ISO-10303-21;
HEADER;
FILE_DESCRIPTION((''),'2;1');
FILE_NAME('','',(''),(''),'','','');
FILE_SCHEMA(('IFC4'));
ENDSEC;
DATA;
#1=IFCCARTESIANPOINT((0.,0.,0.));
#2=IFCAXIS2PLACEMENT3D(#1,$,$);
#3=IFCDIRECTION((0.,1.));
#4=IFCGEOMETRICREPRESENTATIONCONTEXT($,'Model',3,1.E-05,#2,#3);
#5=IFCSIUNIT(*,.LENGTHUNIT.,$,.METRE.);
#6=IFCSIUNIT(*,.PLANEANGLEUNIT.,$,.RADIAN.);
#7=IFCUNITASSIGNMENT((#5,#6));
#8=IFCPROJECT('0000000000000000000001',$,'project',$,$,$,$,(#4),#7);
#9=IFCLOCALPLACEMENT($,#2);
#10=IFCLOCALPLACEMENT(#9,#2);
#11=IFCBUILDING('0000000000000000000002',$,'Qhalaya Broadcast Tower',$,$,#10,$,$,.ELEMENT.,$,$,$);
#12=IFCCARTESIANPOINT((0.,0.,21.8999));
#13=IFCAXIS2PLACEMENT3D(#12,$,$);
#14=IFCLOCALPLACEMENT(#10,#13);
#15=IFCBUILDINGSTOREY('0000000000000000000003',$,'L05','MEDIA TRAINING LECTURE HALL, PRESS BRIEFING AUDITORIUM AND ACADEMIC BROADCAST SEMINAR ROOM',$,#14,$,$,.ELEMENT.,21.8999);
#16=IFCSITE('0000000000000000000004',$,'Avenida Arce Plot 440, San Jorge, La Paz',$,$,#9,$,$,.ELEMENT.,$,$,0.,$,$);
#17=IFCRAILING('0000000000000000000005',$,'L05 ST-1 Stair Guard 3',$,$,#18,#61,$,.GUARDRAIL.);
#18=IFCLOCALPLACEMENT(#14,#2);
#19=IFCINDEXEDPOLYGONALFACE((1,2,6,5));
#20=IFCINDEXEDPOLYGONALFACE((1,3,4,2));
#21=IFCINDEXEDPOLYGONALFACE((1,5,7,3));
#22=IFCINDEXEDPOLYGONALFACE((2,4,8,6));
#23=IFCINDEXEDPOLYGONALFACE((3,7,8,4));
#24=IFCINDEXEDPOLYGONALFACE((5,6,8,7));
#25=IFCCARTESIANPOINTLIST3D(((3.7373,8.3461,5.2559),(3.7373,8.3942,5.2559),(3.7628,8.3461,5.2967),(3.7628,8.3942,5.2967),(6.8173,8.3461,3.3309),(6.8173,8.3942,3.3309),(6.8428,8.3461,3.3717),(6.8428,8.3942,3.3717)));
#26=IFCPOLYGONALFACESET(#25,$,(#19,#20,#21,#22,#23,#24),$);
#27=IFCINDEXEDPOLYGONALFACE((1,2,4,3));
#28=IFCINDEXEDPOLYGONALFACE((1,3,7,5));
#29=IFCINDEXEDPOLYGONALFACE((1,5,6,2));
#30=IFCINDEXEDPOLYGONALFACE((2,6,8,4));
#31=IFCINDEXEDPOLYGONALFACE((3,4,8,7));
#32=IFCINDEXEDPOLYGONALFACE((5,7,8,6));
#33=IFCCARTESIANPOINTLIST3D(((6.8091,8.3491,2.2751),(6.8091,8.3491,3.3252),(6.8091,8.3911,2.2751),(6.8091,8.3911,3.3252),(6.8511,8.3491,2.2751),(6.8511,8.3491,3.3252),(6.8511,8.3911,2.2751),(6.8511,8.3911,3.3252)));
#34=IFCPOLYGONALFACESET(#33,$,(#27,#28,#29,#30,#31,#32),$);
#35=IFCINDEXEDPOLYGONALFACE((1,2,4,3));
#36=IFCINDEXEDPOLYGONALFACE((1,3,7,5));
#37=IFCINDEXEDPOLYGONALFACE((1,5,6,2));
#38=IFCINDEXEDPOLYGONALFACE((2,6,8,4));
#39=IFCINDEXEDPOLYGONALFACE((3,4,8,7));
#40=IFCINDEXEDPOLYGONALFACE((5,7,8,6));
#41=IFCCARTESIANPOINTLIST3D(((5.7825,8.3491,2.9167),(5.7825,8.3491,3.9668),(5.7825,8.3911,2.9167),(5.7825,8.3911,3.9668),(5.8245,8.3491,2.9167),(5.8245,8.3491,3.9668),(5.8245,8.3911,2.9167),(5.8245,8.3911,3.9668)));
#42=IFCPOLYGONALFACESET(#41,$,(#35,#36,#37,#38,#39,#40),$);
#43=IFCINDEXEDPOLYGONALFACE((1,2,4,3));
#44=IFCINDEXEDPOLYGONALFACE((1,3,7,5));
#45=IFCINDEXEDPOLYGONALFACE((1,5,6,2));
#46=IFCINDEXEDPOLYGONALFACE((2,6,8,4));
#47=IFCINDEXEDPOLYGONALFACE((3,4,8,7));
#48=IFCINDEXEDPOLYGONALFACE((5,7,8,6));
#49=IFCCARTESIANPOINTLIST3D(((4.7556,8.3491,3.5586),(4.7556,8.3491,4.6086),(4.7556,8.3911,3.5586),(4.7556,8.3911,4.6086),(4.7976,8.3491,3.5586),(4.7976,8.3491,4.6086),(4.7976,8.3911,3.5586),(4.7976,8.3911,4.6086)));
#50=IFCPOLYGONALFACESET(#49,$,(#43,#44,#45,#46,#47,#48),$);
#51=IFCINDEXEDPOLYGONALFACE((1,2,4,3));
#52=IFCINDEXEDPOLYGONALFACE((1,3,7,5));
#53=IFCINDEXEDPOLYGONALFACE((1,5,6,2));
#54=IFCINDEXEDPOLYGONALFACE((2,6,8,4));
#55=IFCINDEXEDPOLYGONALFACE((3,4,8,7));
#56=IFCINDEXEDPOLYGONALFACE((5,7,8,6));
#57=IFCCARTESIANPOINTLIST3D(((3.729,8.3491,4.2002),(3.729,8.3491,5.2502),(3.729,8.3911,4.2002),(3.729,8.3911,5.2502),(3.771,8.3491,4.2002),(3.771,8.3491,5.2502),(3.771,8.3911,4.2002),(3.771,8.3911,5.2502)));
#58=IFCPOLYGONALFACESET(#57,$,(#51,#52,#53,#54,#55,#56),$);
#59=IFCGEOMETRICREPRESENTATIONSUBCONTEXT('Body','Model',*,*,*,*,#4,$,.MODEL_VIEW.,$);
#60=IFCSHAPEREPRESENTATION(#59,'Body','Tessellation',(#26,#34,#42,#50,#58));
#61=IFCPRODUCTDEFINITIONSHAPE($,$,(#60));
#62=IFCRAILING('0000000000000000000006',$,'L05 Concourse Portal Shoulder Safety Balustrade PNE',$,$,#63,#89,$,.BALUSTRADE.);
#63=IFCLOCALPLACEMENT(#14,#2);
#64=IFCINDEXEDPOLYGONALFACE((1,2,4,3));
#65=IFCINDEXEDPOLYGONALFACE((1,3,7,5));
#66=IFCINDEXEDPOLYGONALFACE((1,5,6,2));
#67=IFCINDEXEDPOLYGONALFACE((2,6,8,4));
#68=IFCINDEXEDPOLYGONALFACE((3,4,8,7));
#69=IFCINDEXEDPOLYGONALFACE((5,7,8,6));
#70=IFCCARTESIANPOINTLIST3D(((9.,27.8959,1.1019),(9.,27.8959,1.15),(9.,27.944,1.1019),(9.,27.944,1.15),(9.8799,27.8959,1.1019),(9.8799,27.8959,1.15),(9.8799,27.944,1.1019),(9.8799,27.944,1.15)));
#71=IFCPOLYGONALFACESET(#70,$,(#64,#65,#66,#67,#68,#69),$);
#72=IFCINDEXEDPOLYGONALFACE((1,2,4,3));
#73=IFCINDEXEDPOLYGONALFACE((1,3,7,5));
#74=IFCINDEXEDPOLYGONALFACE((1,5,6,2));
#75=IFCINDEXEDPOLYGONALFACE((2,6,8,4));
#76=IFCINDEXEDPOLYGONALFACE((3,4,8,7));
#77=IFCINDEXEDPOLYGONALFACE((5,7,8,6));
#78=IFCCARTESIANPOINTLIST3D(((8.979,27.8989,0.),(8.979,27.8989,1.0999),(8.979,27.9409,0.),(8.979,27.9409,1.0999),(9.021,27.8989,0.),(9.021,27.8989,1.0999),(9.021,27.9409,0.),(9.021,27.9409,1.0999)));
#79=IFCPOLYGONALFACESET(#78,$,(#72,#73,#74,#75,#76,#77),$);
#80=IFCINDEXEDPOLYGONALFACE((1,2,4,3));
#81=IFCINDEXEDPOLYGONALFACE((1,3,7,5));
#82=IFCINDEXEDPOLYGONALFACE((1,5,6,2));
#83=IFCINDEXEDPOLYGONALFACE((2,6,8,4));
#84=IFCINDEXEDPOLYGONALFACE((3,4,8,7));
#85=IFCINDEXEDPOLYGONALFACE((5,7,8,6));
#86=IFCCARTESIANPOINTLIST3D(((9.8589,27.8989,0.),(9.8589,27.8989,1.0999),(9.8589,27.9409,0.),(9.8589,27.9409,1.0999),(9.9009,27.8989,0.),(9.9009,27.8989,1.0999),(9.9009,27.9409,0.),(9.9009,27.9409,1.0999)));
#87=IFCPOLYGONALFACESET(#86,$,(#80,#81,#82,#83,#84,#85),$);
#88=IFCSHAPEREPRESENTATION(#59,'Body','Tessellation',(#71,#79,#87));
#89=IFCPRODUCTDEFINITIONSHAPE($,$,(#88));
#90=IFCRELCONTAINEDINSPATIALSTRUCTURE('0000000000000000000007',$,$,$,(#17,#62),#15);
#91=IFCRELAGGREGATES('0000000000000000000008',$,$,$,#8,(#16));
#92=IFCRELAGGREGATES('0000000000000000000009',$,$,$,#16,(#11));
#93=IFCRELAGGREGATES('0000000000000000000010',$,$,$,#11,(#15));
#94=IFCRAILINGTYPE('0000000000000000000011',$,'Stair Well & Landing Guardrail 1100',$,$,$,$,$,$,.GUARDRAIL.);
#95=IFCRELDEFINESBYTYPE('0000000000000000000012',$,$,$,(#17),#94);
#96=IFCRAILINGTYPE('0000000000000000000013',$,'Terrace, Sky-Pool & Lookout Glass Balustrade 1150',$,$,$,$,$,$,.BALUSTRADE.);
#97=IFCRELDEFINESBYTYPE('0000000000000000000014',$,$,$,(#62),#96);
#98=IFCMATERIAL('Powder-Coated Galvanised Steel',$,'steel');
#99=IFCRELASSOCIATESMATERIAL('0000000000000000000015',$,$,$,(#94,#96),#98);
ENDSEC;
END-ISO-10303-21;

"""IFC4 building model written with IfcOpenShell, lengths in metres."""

from ifc_helpers import new_model, si_unit, direction, frame, origin, origin_2d, place, context, subcontext, project, spatial, rectangle, extrude, material, type_object, element, save


model = new_model("IFC4")

# Units and contexts
model_context = context("Model", 3, precision=1e-05, world=origin(), true_north=direction((0.0, 1.0)))
body_context = subcontext(model_context, "Body", "Model", "MODEL_VIEW")
ifc_project = project(units=[si_unit("LENGTHUNIT", "METRE"), si_unit("PLANEANGLEUNIT", "RADIAN")], contexts=[model_context])

# Site, building, storey
site_placement = place(None, origin())
site = spatial("IfcSite", under=ifc_project, at=site_placement, Name="Avenida Arce Plot 440, San Jorge, La Paz", CompositionType="ELEMENT", RefElevation=0.0)
building_placement = place(site_placement, origin())
building = spatial("IfcBuilding", under=site, at=building_placement, Name="Qhalaya Broadcast Tower", CompositionType="ELEMENT")
storey_placement = place(building_placement, frame((0.0, 0.0, 21.8999)))
storey = spatial("IfcBuildingStorey", under=building, at=storey_placement, Name="L05", Description="MEDIA TRAINING LECTURE HALL, PRESS BRIEFING AUDITORIUM AND ACADEMIC BROADCAST SEMINAR ROOM", CompositionType="ELEMENT", Elevation=21.8999)

# Railings
ifc_material_1 = material(Name="Powder-Coated Galvanised Steel", Category="steel")
railing_type_1 = type_object("IfcRailingType", Name="Stair Well & Landing Guardrail 1100", PredefinedType="GUARDRAIL", material=ifc_material_1)
railing_1_placement = place(storey_placement, frame((6.8301, 8.3701, 2.2751)))
element("IfcRailing", 1, at=railing_1_placement, inside=storey, type_object=railing_type_1, Name="L05 ST-1 Stair Guard 3", PredefinedType="GUARDRAIL", context=body_context, shape_type="SweptSolid", body=[
    extrude(rectangle(XDim=0.0481, YDim=0.0481, at=origin_2d()), frame((0.0, 0.0, 1.0762), z_axis=(-0.847998, 0.0, 0.529999), x_axis=(0.0, -1.0, 0.0)), (0.0, 0.0, 1.0), 3.6321),
    extrude(rectangle(XDim=0.042, YDim=0.042, at=origin_2d()), origin(), (0.0, 0.0, 1.0), 1.05),
    extrude(rectangle(XDim=0.042, YDim=0.042, at=origin_2d()), frame((-1.0266, 0.0, 0.6416)), (0.0, 0.0, 1.0), 1.05),
    extrude(rectangle(XDim=0.042, YDim=0.042, at=origin_2d()), frame((-2.0535, 0.0, 1.2834)), (0.0, 0.0, 1.0), 1.05),
    extrude(rectangle(XDim=0.042, YDim=0.042, at=origin_2d()), frame((-3.0801, 0.0, 1.925)), (0.0, 0.0, 1.0), 1.05),
])
railing_type_2 = type_object("IfcRailingType", Name="Terrace, Sky-Pool & Lookout Glass Balustrade 1150", PredefinedType="BALUSTRADE", material=ifc_material_1)
railing_2_placement = place(storey_placement, frame((9.0, 27.9199, 0.0)))
element("IfcRailing", 2, at=railing_2_placement, inside=storey, type_object=railing_type_2, Name="L05 Concourse Portal Shoulder Safety Balustrade PNE", PredefinedType="BALUSTRADE", context=body_context, shape_type="SweptSolid", body=[
    extrude(rectangle(XDim=0.0481, YDim=0.0481, at=origin_2d()), frame((0.0, 0.0, 1.126), z_axis=(1.0, 0.0, 0.0), x_axis=(0.0, 1.0, 0.0)), (0.0, 0.0, 1.0), 0.8799),
    extrude(rectangle(XDim=0.042, YDim=0.042, at=origin_2d()), origin(), (0.0, 0.0, 1.0), 1.0999),
    extrude(rectangle(XDim=0.042, YDim=0.042, at=origin_2d()), frame((0.8799, 0.0, 0.0)), (0.0, 0.0, 1.0), 1.0999),
])

save(model, "model.ifc")
